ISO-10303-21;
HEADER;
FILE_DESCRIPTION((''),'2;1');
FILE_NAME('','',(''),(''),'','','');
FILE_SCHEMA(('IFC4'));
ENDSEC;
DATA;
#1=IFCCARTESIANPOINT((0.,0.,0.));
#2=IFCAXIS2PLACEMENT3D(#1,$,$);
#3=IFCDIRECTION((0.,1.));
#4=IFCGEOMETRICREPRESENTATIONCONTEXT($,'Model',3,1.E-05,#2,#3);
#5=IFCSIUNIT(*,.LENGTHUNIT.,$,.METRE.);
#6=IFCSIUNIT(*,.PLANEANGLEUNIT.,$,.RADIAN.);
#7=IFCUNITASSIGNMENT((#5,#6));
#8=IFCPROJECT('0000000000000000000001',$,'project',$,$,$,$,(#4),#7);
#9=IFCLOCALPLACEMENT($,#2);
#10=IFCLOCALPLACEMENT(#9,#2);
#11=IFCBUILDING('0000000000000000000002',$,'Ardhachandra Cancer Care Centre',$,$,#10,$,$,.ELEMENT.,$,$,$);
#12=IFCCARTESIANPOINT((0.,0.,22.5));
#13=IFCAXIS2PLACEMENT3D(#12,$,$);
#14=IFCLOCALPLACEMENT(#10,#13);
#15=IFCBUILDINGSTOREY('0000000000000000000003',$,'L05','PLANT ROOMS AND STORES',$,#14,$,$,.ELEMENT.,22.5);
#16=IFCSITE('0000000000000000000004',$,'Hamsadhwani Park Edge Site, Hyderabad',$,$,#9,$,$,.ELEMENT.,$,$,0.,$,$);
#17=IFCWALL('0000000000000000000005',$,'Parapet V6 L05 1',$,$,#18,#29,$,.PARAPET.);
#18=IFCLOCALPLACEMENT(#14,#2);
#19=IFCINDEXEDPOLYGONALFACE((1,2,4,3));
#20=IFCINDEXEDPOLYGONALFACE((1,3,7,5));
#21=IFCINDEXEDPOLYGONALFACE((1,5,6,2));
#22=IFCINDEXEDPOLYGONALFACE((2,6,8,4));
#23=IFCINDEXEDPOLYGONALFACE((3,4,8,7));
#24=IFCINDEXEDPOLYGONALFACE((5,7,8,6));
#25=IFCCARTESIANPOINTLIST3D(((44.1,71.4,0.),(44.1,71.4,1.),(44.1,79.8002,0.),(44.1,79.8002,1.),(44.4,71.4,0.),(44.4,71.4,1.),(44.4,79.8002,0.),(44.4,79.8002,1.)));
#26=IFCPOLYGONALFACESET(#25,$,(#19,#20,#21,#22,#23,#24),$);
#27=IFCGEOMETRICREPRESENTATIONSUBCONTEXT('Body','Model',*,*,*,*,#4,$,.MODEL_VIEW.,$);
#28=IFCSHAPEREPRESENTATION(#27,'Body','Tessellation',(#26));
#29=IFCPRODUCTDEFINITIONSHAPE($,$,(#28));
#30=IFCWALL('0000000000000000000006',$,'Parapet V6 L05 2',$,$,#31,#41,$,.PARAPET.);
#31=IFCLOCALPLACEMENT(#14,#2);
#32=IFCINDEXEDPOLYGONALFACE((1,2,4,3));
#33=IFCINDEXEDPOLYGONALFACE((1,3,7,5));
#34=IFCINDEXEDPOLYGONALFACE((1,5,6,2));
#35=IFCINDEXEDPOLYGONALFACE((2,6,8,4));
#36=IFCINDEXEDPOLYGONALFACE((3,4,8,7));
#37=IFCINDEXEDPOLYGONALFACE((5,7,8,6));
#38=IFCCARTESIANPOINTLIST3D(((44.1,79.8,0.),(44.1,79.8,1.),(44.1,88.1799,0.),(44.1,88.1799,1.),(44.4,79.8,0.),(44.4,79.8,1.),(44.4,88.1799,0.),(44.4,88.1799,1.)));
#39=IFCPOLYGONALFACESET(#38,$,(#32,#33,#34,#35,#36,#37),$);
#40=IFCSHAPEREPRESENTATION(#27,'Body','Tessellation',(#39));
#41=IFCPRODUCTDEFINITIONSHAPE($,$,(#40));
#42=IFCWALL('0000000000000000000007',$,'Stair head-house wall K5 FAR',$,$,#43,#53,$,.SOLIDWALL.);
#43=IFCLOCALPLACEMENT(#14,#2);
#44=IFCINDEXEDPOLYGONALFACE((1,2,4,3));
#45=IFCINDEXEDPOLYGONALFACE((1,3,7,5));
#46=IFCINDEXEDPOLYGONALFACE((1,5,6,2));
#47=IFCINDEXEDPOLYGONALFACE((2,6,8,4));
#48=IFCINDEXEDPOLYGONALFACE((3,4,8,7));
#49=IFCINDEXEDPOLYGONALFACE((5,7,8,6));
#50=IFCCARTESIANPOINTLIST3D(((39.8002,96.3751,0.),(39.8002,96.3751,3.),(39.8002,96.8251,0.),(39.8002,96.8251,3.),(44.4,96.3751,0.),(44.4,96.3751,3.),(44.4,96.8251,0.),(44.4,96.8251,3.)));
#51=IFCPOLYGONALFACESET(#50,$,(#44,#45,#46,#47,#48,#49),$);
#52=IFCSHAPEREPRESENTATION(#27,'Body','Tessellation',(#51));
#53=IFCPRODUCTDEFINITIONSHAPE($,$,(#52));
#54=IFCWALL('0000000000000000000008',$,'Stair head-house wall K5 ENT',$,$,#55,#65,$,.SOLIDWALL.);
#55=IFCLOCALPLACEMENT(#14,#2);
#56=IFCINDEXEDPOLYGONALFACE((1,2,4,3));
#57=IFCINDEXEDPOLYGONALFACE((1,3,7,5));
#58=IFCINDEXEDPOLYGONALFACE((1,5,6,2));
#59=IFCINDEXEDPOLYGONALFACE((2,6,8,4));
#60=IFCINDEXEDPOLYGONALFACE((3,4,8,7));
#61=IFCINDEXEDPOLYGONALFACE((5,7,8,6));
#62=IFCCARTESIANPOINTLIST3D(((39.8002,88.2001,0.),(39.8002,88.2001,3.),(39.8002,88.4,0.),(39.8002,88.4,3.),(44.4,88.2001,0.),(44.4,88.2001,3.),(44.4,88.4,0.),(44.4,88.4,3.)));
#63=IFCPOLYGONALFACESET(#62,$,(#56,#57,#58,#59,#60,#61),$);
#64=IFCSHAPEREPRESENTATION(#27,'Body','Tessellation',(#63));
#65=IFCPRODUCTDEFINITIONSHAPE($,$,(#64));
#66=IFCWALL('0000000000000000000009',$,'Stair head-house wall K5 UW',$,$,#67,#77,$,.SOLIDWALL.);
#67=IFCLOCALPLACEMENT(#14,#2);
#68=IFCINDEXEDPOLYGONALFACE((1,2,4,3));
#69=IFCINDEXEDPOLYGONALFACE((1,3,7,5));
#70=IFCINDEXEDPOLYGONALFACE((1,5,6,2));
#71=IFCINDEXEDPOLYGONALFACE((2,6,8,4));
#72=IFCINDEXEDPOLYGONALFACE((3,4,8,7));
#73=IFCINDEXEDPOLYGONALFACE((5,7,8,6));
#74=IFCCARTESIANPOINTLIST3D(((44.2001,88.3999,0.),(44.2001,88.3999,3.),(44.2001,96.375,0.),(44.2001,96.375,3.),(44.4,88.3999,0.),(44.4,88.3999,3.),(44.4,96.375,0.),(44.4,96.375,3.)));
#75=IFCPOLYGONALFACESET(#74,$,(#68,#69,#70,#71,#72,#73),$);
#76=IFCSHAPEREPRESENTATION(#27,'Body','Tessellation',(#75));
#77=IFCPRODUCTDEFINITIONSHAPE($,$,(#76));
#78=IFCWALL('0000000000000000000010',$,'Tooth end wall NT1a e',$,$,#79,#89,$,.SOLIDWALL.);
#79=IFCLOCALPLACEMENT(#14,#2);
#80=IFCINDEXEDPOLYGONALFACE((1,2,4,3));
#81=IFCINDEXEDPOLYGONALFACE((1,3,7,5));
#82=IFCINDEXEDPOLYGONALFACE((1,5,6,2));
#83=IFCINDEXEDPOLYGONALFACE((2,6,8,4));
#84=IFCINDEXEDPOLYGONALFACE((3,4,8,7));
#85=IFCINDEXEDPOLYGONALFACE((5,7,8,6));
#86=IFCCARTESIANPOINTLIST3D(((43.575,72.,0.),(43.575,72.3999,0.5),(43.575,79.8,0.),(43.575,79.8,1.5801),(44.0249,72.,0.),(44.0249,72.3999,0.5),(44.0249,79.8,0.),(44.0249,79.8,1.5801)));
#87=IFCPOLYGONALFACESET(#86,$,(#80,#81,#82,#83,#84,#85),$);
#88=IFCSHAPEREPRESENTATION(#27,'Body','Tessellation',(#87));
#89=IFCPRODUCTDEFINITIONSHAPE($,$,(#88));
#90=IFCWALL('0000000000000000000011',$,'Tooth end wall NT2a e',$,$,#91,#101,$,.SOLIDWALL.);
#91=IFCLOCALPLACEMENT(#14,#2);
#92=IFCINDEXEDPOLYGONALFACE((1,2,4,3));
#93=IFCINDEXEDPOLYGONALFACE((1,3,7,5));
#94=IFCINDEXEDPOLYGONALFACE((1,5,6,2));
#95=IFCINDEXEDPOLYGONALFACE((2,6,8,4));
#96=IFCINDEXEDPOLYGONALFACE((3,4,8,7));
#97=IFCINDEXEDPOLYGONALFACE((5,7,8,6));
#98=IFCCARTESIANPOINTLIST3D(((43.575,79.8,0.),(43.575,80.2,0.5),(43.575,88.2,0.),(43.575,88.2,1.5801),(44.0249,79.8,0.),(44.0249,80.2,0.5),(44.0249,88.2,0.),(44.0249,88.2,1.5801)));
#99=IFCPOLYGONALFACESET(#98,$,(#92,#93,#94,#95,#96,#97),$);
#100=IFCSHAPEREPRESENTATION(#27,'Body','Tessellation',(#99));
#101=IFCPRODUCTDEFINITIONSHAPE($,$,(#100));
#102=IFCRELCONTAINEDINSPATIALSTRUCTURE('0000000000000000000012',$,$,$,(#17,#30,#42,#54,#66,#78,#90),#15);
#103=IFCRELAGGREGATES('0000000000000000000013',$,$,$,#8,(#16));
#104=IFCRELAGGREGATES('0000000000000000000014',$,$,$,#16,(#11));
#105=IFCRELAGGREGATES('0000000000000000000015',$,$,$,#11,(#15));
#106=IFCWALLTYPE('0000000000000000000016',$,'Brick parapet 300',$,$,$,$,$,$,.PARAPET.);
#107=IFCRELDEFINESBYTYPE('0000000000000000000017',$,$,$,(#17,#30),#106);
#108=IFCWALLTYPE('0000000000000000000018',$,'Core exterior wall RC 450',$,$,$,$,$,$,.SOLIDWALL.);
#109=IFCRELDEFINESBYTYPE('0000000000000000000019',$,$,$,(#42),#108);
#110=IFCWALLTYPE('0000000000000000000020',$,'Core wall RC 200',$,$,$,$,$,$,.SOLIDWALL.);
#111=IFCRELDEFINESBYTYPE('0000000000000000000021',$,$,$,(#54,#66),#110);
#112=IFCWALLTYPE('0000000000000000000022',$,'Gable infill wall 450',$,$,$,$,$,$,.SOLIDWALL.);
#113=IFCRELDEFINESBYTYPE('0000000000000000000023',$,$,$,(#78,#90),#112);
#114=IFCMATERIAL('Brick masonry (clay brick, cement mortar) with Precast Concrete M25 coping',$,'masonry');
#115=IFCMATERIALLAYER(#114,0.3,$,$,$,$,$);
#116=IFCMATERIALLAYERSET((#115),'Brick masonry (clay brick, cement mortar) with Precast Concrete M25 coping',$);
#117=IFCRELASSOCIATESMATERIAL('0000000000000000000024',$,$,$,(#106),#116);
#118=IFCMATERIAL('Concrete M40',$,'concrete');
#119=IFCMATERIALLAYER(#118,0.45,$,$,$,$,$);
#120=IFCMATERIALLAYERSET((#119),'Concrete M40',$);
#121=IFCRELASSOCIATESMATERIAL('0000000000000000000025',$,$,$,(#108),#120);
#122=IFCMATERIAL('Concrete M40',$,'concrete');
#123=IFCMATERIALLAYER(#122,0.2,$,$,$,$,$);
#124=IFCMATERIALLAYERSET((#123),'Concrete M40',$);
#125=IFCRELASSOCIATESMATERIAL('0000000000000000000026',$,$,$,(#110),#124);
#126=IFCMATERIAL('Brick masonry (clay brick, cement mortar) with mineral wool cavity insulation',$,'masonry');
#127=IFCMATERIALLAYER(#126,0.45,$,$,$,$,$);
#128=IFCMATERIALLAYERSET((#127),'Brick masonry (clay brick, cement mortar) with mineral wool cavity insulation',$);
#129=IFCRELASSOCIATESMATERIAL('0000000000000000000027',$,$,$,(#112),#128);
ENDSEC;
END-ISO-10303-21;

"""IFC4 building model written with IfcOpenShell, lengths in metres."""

from ifc_helpers import new_model, si_unit, direction, frame, frame_2d, origin, place, context, subcontext, project, spatial, polyline, rectangle, outline, extrude, material, layer, layer_set, type_object, element, save


model = new_model("IFC4")

# Units and contexts
model_context = context("Model", 3, precision=1e-05, world=origin(), true_north=direction((0.0, 1.0)))
body_context = subcontext(model_context, "Body", "Model", "MODEL_VIEW")
ifc_project = project(units=[si_unit("LENGTHUNIT", "METRE"), si_unit("PLANEANGLEUNIT", "RADIAN")], contexts=[model_context])

# Site, building, storey
site_placement = place(None, origin())
site = spatial("IfcSite", under=ifc_project, at=site_placement, Name="Hamsadhwani Park Edge Site, Hyderabad", CompositionType="ELEMENT", RefElevation=0.0)
building_placement = place(site_placement, origin())
building = spatial("IfcBuilding", under=site, at=building_placement, Name="Ardhachandra Cancer Care Centre", CompositionType="ELEMENT")
storey_placement = place(building_placement, frame((0.0, 0.0, 22.5)))
storey = spatial("IfcBuildingStorey", under=building, at=storey_placement, Name="L05", Description="PLANT ROOMS AND STORES", CompositionType="ELEMENT", Elevation=22.5)

# Walls
ifc_material_1 = material(Name="Brick masonry (clay brick, cement mortar) with Precast Concrete M25 coping", Category="masonry")
ifc_layer_1 = layer(ifc_material_1, 0.3)
ifc_layer_set_1 = layer_set([ifc_layer_1], Name="Brick masonry (clay brick, cement mortar) with Precast Concrete M25 coping")
wall_type_1 = type_object("IfcWallType", Name="Brick parapet 300", PredefinedType="PARAPET", material=ifc_layer_set_1)
wall_1_placement = place(storey_placement, frame((44.25, 71.3999, 0.0), z_axis=(0.0, 0.0, 1.0), x_axis=(0.0, 1.0, 0.0)))
element("IfcWall", 1, at=wall_1_placement, inside=storey, type_object=wall_type_1, Name="Parapet V6 L05 1", PredefinedType="PARAPET", context=body_context, shape_type="SweptSolid", body=[
    extrude(rectangle(XDim=8.4001, YDim=0.3, at=frame_2d((4.2002, 0.0))), origin(), (0.0, 0.0, 1.0), 1.0),
])
wall_2_placement = place(storey_placement, frame((44.25, 79.8, 0.0), z_axis=(0.0, 0.0, 1.0), x_axis=(0.0, 1.0, 0.0)))
element("IfcWall", 2, at=wall_2_placement, inside=storey, type_object=wall_type_1, Name="Parapet V6 L05 2", PredefinedType="PARAPET", context=body_context, shape_type="SweptSolid", body=[
    extrude(rectangle(XDim=8.3799, YDim=0.3, at=frame_2d((4.1899, 0.0))), origin(), (0.0, 0.0, 1.0), 1.0),
])
ifc_material_2 = material(Name="Concrete M40", Category="concrete")
ifc_layer_2 = layer(ifc_material_2, 0.45)
ifc_layer_set_2 = layer_set([ifc_layer_2], Name="Concrete M40")
wall_type_2 = type_object("IfcWallType", Name="Core exterior wall RC 450", PredefinedType="SOLIDWALL", material=ifc_layer_set_2)
wall_3_placement = place(storey_placement, frame((44.3999, 96.6001, 0.0), z_axis=(0.0, 0.0, 1.0), x_axis=(-1.0, 0.0, 0.0)))
element("IfcWall", 3, at=wall_3_placement, inside=storey, type_object=wall_type_2, Name="Stair head-house wall K5 FAR", PredefinedType="SOLIDWALL", context=body_context, shape_type="SweptSolid", body=[
    extrude(rectangle(XDim=4.5999, YDim=0.45, at=frame_2d((2.2998, 0.0))), origin(), (0.0, 0.0, 1.0), 3.0),
])
ifc_material_3 = material(Name="Concrete M40", Category="concrete")
ifc_layer_3 = layer(ifc_material_3, 0.2)
ifc_layer_set_3 = layer_set([ifc_layer_3], Name="Concrete M40")
wall_type_3 = type_object("IfcWallType", Name="Core wall RC 200", PredefinedType="SOLIDWALL", material=ifc_layer_set_3)
wall_4_placement = place(storey_placement, frame((44.3999, 88.3, 0.0), z_axis=(0.0, 0.0, 1.0), x_axis=(-1.0, 0.0, 0.0)))
element("IfcWall", 4, at=wall_4_placement, inside=storey, type_object=wall_type_3, Name="Stair head-house wall K5 ENT", PredefinedType="SOLIDWALL", context=body_context, shape_type="SweptSolid", body=[
    extrude(rectangle(XDim=4.5999, YDim=0.2, at=frame_2d((2.2998, 0.0))), origin(), (0.0, 0.0, 1.0), 3.0),
])
wall_5_placement = place(storey_placement, frame((44.3, 88.3999, 0.0), z_axis=(0.0, 0.0, 1.0), x_axis=(0.0, 1.0, 0.0)))
element("IfcWall", 5, at=wall_5_placement, inside=storey, type_object=wall_type_3, Name="Stair head-house wall K5 UW", PredefinedType="SOLIDWALL", context=body_context, shape_type="SweptSolid", body=[
    extrude(rectangle(XDim=7.9751, YDim=0.2, at=frame_2d((3.9875, 0.0))), origin(), (0.0, 0.0, 1.0), 3.0),
])
ifc_material_4 = material(Name="Brick masonry (clay brick, cement mortar) with mineral wool cavity insulation", Category="masonry")
ifc_layer_4 = layer(ifc_material_4, 0.45)
ifc_layer_set_4 = layer_set([ifc_layer_4], Name="Brick masonry (clay brick, cement mortar) with mineral wool cavity insulation")
wall_type_4 = type_object("IfcWallType", Name="Gable infill wall 450", PredefinedType="SOLIDWALL", material=ifc_layer_set_4)
wall_6_placement = place(storey_placement, frame((43.8, 72.0, 0.0), z_axis=(0.0, 0.0, 1.0), x_axis=(0.0, 1.0, 0.0)))
element("IfcWall", 6, at=wall_6_placement, inside=storey, type_object=wall_type_4, Name="Tooth end wall NT1a e", PredefinedType="SOLIDWALL", context=body_context, shape_type="SweptSolid", body=[
    extrude(outline(polyline([(0.0, 0.0), (7.8, 0.0), (7.8, 1.5801), (0.3999, 0.5), (0.0, 0.0)])), frame((0.0, 0.2251, 0.0), z_axis=(0.0, -1.0, 0.0), x_axis=(1.0, 0.0, 0.0)), (0.0, 0.0, 1.0), 0.45),
])
wall_7_placement = place(storey_placement, frame((43.8, 79.8, 0.0), z_axis=(0.0, 0.0, 1.0), x_axis=(0.0, 1.0, 0.0)))
element("IfcWall", 7, at=wall_7_placement, inside=storey, type_object=wall_type_4, Name="Tooth end wall NT2a e", PredefinedType="SOLIDWALL", context=body_context, shape_type="SweptSolid", body=[
    extrude(outline(polyline([(0.0, 0.0), (8.3999, 0.0), (8.3999, 1.5801), (0.3999, 0.5), (0.0, 0.0)])), frame((0.0, 0.2251, 0.0), z_axis=(0.0, -1.0, 0.0), x_axis=(1.0, 0.0, 0.0)), (0.0, 0.0, 1.0), 0.45),
])

save(model, "model.ifc")
